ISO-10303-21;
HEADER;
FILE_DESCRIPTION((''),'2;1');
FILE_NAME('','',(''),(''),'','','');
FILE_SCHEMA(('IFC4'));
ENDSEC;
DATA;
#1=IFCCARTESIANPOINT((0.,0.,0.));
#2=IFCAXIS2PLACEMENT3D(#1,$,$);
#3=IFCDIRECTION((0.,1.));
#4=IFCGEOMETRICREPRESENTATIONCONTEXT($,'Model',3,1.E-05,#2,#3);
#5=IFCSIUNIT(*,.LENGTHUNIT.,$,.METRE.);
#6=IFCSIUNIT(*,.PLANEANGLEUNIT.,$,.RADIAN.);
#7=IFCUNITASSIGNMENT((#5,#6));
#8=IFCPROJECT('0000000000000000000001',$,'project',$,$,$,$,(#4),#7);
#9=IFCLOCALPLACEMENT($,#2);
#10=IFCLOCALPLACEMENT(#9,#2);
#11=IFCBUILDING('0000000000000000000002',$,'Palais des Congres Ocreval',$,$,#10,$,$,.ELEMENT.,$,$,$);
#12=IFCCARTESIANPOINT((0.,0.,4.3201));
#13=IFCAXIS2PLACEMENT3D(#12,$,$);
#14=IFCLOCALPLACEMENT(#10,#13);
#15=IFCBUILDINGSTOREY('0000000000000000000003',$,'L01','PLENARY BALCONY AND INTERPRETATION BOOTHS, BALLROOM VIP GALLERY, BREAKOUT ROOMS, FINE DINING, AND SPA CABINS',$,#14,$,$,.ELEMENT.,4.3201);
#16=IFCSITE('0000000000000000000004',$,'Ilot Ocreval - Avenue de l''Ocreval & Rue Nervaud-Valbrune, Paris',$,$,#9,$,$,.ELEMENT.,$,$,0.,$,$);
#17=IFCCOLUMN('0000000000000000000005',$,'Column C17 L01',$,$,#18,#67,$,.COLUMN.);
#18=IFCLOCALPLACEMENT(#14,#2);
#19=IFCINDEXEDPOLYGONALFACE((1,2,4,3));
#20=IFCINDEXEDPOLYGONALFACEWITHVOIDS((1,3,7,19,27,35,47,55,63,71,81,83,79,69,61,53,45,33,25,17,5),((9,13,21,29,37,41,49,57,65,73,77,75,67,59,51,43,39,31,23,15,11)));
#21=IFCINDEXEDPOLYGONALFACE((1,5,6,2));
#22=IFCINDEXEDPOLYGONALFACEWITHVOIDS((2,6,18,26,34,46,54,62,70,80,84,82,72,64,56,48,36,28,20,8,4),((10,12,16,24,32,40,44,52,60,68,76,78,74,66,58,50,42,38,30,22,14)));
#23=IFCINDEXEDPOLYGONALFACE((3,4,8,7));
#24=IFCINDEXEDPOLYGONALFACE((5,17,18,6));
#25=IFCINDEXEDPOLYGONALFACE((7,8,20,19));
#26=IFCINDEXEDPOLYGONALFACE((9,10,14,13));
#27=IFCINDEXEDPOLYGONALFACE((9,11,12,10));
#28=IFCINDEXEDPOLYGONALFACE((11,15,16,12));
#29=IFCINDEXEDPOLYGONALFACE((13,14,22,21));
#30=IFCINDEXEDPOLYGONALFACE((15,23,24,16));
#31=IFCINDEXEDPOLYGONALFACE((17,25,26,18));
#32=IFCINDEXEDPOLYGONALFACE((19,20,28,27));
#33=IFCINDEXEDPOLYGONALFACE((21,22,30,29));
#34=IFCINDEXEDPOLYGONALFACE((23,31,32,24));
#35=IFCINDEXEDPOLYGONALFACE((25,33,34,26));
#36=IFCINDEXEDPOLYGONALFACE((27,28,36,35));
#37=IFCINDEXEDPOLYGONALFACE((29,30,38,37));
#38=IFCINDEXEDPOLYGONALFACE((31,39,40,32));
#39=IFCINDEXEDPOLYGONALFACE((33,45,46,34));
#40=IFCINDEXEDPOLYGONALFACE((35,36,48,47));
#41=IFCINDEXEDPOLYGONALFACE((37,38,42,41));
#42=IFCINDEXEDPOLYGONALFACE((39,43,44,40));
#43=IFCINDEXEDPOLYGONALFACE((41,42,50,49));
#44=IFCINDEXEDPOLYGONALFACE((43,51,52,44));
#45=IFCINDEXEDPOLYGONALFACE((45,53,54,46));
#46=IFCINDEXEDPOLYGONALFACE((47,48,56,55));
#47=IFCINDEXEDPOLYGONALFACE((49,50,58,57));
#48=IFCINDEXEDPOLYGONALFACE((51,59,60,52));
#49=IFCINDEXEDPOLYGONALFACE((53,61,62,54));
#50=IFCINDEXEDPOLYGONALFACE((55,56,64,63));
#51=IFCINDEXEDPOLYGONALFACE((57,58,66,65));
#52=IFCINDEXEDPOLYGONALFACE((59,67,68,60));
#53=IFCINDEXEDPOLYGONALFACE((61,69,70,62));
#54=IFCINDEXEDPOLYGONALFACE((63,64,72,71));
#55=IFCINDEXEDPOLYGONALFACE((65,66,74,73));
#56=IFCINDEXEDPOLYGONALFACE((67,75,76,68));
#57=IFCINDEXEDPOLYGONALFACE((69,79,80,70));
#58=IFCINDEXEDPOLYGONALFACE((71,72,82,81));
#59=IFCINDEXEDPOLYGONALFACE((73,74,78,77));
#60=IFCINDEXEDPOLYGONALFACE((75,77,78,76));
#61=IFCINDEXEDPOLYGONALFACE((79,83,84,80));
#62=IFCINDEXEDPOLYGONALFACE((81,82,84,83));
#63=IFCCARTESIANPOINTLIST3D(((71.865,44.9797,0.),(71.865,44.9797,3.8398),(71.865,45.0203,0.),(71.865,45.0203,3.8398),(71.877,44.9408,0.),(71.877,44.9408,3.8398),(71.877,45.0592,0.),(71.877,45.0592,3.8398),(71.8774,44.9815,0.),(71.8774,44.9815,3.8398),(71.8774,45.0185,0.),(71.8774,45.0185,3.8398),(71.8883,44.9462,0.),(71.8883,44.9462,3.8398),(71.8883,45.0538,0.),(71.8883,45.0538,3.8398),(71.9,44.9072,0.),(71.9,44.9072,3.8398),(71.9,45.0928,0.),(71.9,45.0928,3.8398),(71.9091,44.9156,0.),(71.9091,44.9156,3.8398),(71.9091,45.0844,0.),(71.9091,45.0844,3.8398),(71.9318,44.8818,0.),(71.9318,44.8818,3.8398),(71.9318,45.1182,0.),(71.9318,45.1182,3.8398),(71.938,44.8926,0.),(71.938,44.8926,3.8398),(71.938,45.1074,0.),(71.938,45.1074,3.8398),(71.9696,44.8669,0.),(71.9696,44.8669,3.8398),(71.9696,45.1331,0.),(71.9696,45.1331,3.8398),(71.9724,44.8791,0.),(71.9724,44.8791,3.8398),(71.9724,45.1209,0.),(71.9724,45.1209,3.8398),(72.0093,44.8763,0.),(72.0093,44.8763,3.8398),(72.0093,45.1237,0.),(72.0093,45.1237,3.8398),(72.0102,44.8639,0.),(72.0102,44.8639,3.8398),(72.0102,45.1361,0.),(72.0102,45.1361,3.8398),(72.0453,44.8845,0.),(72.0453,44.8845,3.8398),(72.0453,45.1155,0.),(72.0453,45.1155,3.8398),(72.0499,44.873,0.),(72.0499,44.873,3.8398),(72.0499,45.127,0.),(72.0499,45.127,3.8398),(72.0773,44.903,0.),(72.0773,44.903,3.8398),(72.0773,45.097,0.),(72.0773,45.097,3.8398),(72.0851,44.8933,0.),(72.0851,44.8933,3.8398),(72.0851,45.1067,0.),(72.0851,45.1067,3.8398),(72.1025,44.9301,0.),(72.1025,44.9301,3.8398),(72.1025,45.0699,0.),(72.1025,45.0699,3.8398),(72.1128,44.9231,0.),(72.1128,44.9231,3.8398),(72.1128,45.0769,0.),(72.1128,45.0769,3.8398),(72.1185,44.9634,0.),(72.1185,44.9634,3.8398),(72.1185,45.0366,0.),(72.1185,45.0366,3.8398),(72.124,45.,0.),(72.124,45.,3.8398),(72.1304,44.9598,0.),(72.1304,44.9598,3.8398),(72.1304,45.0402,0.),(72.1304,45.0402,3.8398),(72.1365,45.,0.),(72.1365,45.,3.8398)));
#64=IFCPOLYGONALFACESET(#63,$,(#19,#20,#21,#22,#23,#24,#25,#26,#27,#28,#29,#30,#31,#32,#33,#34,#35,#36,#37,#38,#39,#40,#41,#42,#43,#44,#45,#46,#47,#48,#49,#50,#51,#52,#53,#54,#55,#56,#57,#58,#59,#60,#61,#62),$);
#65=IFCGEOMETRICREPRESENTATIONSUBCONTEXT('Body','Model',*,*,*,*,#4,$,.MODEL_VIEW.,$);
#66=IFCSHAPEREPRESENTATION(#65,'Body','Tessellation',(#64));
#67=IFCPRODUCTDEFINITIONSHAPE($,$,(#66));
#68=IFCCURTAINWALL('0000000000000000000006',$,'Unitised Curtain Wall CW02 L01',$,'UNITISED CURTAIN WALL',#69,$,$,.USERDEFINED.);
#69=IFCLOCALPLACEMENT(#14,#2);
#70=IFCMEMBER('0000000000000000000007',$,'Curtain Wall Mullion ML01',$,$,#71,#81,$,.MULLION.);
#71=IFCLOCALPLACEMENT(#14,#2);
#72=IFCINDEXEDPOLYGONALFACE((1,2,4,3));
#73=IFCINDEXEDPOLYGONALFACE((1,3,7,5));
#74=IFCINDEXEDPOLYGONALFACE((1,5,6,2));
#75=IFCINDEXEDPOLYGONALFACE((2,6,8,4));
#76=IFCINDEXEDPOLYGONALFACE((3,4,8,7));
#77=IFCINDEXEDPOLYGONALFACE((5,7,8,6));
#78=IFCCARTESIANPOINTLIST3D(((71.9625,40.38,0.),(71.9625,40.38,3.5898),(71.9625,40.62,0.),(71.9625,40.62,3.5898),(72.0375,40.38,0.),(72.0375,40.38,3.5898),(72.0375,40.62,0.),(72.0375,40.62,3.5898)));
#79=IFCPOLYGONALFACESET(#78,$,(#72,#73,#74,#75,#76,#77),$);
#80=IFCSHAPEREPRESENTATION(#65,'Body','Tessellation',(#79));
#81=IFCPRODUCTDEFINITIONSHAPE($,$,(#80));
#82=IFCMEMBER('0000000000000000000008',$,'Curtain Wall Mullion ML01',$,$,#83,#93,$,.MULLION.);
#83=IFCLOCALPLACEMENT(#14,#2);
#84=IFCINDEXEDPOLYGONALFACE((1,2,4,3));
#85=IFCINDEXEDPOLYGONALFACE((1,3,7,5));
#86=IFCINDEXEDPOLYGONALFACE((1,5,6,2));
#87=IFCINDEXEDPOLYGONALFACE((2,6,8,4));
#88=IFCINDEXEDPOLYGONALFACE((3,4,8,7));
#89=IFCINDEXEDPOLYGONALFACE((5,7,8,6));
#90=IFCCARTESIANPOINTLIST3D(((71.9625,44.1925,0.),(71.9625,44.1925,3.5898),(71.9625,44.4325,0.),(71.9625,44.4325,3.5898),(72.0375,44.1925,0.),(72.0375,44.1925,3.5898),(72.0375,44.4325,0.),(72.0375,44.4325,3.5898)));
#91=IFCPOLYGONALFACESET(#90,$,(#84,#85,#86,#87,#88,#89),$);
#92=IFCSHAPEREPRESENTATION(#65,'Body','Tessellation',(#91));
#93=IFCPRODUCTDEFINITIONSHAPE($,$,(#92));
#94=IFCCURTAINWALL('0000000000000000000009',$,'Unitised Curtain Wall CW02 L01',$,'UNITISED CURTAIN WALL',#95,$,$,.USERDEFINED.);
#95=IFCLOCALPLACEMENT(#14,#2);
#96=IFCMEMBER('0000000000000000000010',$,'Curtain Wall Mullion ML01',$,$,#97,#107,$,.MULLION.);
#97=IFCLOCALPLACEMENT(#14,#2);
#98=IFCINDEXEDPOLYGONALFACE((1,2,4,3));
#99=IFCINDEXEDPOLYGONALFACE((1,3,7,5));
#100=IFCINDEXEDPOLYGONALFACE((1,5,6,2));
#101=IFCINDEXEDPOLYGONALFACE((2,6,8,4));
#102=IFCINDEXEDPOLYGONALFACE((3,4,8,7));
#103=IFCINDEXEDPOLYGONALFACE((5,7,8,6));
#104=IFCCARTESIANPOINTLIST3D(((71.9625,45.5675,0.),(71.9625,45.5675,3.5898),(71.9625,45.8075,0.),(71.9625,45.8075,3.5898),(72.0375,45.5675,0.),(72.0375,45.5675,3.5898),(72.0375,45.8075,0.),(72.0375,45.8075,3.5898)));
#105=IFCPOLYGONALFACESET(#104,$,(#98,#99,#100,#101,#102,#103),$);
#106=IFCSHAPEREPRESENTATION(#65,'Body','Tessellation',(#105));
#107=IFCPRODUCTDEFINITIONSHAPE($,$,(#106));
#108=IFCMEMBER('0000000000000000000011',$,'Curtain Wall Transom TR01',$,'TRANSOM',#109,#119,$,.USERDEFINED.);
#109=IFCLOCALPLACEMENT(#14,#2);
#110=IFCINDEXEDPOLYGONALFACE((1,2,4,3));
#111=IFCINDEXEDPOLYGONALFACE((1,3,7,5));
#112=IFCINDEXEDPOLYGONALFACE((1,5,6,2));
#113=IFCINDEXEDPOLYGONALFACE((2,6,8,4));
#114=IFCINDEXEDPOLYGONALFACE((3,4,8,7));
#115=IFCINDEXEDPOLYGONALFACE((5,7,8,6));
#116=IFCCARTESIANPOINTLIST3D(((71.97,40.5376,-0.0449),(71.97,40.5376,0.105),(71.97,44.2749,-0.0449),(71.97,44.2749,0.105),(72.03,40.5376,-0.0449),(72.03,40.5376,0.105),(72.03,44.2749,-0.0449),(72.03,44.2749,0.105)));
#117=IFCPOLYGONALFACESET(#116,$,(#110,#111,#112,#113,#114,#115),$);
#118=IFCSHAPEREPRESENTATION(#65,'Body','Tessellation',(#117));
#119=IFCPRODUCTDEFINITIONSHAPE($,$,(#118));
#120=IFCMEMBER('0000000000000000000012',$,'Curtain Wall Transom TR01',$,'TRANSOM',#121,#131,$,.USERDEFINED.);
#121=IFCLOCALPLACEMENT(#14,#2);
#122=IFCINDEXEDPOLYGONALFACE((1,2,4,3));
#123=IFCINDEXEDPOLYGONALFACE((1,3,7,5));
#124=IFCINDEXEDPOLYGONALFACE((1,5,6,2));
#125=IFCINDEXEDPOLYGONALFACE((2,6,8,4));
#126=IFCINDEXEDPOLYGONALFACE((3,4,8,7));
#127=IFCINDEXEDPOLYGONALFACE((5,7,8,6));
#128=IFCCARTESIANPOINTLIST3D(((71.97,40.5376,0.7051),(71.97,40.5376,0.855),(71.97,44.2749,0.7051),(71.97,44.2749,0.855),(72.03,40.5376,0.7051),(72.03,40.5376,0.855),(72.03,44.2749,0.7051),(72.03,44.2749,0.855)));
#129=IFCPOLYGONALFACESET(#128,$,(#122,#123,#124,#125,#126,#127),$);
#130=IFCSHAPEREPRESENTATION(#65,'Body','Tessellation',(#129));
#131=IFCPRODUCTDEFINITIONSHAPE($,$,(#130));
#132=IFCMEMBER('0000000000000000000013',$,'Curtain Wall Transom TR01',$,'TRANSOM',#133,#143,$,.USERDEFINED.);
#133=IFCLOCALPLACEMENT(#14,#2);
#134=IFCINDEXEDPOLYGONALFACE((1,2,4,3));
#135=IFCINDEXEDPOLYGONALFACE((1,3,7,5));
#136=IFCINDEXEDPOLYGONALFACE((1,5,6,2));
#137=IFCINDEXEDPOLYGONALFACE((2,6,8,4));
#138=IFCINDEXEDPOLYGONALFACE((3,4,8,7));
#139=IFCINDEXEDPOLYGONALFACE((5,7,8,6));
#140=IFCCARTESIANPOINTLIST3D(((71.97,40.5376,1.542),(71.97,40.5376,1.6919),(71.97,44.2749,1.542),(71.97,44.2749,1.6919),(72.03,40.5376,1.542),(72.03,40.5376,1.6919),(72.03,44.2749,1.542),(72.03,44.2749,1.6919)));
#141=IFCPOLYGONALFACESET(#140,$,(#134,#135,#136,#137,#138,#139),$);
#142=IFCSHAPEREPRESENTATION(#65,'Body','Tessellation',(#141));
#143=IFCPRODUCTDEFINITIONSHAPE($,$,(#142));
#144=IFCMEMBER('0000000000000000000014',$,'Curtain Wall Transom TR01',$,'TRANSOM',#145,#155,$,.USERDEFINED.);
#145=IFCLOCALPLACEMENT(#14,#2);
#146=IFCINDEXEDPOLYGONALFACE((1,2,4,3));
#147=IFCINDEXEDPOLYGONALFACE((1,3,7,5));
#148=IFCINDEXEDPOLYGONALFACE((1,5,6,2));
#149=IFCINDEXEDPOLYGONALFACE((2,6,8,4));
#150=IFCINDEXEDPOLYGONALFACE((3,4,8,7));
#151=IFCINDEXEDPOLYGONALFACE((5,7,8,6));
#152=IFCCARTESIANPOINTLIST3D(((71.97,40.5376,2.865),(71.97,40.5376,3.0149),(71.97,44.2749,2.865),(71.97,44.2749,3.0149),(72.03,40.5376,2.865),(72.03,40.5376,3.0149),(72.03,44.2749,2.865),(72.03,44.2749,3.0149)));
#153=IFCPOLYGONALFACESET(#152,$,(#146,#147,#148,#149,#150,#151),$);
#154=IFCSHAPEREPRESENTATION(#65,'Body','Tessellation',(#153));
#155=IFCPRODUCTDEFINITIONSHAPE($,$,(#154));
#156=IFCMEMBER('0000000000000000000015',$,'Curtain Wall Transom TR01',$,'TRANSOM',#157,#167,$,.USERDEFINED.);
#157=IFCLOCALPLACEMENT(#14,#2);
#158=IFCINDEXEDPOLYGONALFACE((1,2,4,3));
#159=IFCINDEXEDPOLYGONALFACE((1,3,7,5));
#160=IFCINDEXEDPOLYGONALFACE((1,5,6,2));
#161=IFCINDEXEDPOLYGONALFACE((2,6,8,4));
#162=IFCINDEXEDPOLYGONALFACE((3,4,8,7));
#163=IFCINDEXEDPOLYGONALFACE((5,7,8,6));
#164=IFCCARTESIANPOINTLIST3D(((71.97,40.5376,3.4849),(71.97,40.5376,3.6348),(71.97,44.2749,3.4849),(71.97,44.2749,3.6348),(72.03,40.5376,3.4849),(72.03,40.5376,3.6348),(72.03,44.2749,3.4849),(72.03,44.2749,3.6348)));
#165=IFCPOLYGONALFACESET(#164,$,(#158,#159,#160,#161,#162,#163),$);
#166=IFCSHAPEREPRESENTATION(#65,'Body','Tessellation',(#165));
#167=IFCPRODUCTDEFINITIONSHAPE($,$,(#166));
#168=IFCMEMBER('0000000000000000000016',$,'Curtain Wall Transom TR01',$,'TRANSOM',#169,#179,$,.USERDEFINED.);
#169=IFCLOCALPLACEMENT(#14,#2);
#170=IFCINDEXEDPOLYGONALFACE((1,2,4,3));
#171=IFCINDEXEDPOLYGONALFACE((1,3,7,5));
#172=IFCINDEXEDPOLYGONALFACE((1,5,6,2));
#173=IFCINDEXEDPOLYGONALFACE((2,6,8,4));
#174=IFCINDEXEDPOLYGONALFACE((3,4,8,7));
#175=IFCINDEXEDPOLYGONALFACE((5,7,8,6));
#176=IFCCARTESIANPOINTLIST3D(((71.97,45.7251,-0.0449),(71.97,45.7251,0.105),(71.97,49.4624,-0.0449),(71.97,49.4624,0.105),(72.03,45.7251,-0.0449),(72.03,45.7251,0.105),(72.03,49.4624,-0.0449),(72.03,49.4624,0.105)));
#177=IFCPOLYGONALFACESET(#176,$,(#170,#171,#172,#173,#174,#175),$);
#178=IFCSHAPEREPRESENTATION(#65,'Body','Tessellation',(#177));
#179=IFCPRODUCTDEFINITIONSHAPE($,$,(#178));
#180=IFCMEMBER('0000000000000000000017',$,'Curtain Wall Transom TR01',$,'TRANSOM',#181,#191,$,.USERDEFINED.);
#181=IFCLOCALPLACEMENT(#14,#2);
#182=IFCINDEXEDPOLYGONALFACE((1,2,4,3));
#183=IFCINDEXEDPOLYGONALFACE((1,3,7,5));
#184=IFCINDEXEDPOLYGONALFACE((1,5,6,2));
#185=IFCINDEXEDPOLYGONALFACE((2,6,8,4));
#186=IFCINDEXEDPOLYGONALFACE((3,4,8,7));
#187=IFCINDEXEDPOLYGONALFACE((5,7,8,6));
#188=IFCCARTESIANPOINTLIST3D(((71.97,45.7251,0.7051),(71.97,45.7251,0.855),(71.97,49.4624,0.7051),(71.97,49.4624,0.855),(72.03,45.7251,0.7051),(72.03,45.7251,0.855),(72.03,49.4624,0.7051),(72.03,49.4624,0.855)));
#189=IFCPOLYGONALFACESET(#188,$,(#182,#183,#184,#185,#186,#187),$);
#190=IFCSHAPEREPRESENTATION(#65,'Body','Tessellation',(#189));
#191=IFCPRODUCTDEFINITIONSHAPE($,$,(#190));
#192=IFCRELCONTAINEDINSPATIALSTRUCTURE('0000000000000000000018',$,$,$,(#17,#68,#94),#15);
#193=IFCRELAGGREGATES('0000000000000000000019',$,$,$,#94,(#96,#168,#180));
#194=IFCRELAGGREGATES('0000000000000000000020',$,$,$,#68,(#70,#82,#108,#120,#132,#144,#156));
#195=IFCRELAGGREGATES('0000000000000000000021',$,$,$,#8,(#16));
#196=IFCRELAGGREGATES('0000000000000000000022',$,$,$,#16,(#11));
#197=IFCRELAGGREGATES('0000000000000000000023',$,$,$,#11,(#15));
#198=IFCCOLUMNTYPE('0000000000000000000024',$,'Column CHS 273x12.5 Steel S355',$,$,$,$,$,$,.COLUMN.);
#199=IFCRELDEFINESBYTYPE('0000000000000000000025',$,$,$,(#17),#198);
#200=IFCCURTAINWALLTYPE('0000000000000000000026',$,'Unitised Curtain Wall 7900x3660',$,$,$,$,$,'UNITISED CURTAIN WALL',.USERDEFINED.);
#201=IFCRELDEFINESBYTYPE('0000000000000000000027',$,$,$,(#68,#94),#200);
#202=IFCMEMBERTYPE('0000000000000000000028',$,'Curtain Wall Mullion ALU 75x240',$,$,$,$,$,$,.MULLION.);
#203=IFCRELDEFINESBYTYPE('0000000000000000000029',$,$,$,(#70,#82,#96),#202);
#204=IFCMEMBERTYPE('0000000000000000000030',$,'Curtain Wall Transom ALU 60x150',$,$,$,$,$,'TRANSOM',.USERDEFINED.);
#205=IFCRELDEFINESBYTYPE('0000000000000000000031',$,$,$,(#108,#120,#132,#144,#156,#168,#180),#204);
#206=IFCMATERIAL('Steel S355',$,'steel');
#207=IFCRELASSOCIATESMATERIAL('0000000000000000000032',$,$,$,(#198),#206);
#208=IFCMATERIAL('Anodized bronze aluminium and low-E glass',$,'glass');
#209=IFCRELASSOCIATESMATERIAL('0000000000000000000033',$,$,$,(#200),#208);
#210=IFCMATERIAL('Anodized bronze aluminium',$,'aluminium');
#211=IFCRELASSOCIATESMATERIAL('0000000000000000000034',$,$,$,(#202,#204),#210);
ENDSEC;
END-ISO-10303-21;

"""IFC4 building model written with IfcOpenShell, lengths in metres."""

from ifc_helpers import new_model, si_unit, direction, frame, origin, origin_2d, place, context, subcontext, project, spatial, rectangle, hollow_circle, extrude, material, material_profile, profile_set, type_object, element, aggregate, save


model = new_model("IFC4")

# Units and contexts
model_context = context("Model", 3, precision=1e-05, world=origin(), true_north=direction((0.0, 1.0)))
body_context = subcontext(model_context, "Body", "Model", "MODEL_VIEW")
ifc_project = project(units=[si_unit("LENGTHUNIT", "METRE"), si_unit("PLANEANGLEUNIT", "RADIAN")], contexts=[model_context])

# Site, building, storey
site_placement = place(None, origin())
site = spatial("IfcSite", under=ifc_project, at=site_placement, Name="Ilot Ocreval - Avenue de l'Ocreval & Rue Nervaud-Valbrune, Paris", CompositionType="ELEMENT", RefElevation=0.0)
building_placement = place(site_placement, origin())
building = spatial("IfcBuilding", under=site, at=building_placement, Name="Palais des Congres Ocreval", CompositionType="ELEMENT")
storey_placement = place(building_placement, frame((0.0, 0.0, 4.3201)))
storey = spatial("IfcBuildingStorey", under=building, at=storey_placement, Name="L01", Description="PLENARY BALCONY AND INTERPRETATION BOOTHS, BALLROOM VIP GALLERY, BREAKOUT ROOMS, FINE DINING, AND SPA CABINS", CompositionType="ELEMENT", Elevation=4.3201)

# Column
ifc_material_1 = material(Name="Steel S355", Category="steel")
ifc_material_profile_1 = material_profile(ifc_material_1, hollow_circle(Radius=0.1365, WallThickness=0.0125, at=origin_2d()), Name="CHS 273x12.5")
ifc_profile_set_1 = profile_set([ifc_material_profile_1], Name="Steel S355")
column_type = type_object("IfcColumnType", Name="Column CHS 273x12.5 Steel S355", PredefinedType="COLUMN", material=ifc_profile_set_1)
column_placement = place(storey_placement, frame((72.0, 45.0, 0.0), z_axis=(0.0, 0.0, 1.0), x_axis=(1.0, 0.0, 0.0)))
element("IfcColumn", 1, at=column_placement, inside=storey, type_object=column_type, Name="Column C17 L01", PredefinedType="COLUMN", context=body_context, shape_type="SweptSolid", body=[
    extrude(hollow_circle(Radius=0.1365, WallThickness=0.0125, at=origin_2d()), origin(), (0.0, 0.0, 1.0), 3.8398),
])

# Curtain wall, members
ifc_material_2 = material(Name="Anodized bronze aluminium and low-E glass", Category="glass")
curtain_wall_type = type_object("IfcCurtainWallType", Name="Unitised Curtain Wall 7900x3660", ElementType="UNITISED CURTAIN WALL", PredefinedType="USERDEFINED", material=ifc_material_2)
curtain_wall_1_placement = place(storey_placement, origin())
curtain_wall_1 = element("IfcCurtainWall", 2, at=curtain_wall_1_placement, inside=storey, type_object=curtain_wall_type, Name="Unitised Curtain Wall CW02 L01", ObjectType="UNITISED CURTAIN WALL", PredefinedType="USERDEFINED")
ifc_material_3 = material(Name="Anodized bronze aluminium", Category="aluminium")
ifc_material_profile_2 = material_profile(ifc_material_3, rectangle(XDim=0.075, YDim=0.24, at=origin_2d()), Name="ALU 75x240")
ifc_profile_set_2 = profile_set([ifc_material_profile_2], Name="Anodized bronze aluminium")
member_type_1 = type_object("IfcMemberType", Name="Curtain Wall Mullion ALU 75x240", PredefinedType="MULLION", material=ifc_profile_set_2)
member_1_placement = place(storey_placement, frame((72.0, 40.5, 0.0), z_axis=(0.0, 0.0, 1.0), x_axis=(-1.0, 0.0, 0.0)))
member_1 = element("IfcMember", 3, at=member_1_placement, type_object=member_type_1, Name="Curtain Wall Mullion ML01", PredefinedType="MULLION", context=body_context, shape_type="SweptSolid", body=[
    extrude(rectangle(XDim=0.075, YDim=0.24, at=origin_2d()), origin(), (0.0, 0.0, 1.0), 3.5898),
])
member_2_placement = place(storey_placement, frame((72.0, 44.3125, 0.0), z_axis=(0.0, 0.0, 1.0), x_axis=(-1.0, 0.0, 0.0)))
member_2 = element("IfcMember", 4, at=member_2_placement, type_object=member_type_1, Name="Curtain Wall Mullion ML01", PredefinedType="MULLION", context=body_context, shape_type="SweptSolid", body=[
    extrude(rectangle(XDim=0.075, YDim=0.24, at=origin_2d()), origin(), (0.0, 0.0, 1.0), 3.5898),
])

# Curtain wall, member
curtain_wall_2_placement = place(storey_placement, origin())
curtain_wall_2 = element("IfcCurtainWall", 5, at=curtain_wall_2_placement, inside=storey, type_object=curtain_wall_type, Name="Unitised Curtain Wall CW02 L01", ObjectType="UNITISED CURTAIN WALL", PredefinedType="USERDEFINED")
member_3_placement = place(storey_placement, frame((72.0, 45.6875, 0.0), z_axis=(0.0, 0.0, 1.0), x_axis=(-1.0, 0.0, 0.0)))
member_3 = element("IfcMember", 6, at=member_3_placement, type_object=member_type_1, Name="Curtain Wall Mullion ML01", PredefinedType="MULLION", context=body_context, shape_type="SweptSolid", body=[
    extrude(rectangle(XDim=0.075, YDim=0.24, at=origin_2d()), origin(), (0.0, 0.0, 1.0), 3.5898),
])

# Members
ifc_material_profile_3 = material_profile(ifc_material_3, rectangle(XDim=0.0601, YDim=0.1499, at=origin_2d()), Name="ALU 60x150")
ifc_profile_set_3 = profile_set([ifc_material_profile_3], Name="Anodized bronze aluminium")
member_type_2 = type_object("IfcMemberType", Name="Curtain Wall Transom ALU 60x150", ElementType="TRANSOM", PredefinedType="USERDEFINED", material=ifc_profile_set_3)
member_4_placement = place(storey_placement, frame((72.0, 40.5376, 0.03), z_axis=(0.0, 1.0, 0.0), x_axis=(-1.0, 0.0, 0.0)))
member_4 = element("IfcMember", 7, at=member_4_placement, type_object=member_type_2, Name="Curtain Wall Transom TR01", ObjectType="TRANSOM", PredefinedType="USERDEFINED", context=body_context, shape_type="SweptSolid", body=[
    extrude(rectangle(XDim=0.0601, YDim=0.1499, at=origin_2d()), origin(), (0.0, 0.0, 1.0), 3.7373),
])
member_5_placement = place(storey_placement, frame((72.0, 40.5376, 0.78), z_axis=(0.0, 1.0, 0.0), x_axis=(-1.0, 0.0, 0.0)))
member_5 = element("IfcMember", 8, at=member_5_placement, type_object=member_type_2, Name="Curtain Wall Transom TR01", ObjectType="TRANSOM", PredefinedType="USERDEFINED", context=body_context, shape_type="SweptSolid", body=[
    extrude(rectangle(XDim=0.0601, YDim=0.1499, at=origin_2d()), origin(), (0.0, 0.0, 1.0), 3.7373),
])
member_6_placement = place(storey_placement, frame((72.0, 40.5376, 1.6169), z_axis=(0.0, 1.0, 0.0), x_axis=(-1.0, 0.0, 0.0)))
member_6 = element("IfcMember", 9, at=member_6_placement, type_object=member_type_2, Name="Curtain Wall Transom TR01", ObjectType="TRANSOM", PredefinedType="USERDEFINED", context=body_context, shape_type="SweptSolid", body=[
    extrude(rectangle(XDim=0.0601, YDim=0.1499, at=origin_2d()), origin(), (0.0, 0.0, 1.0), 3.7373),
])
member_7_placement = place(storey_placement, frame((72.0, 40.5376, 2.9399), z_axis=(0.0, 1.0, 0.0), x_axis=(-1.0, 0.0, 0.0)))
member_7 = element("IfcMember", 10, at=member_7_placement, type_object=member_type_2, Name="Curtain Wall Transom TR01", ObjectType="TRANSOM", PredefinedType="USERDEFINED", context=body_context, shape_type="SweptSolid", body=[
    extrude(rectangle(XDim=0.0601, YDim=0.1499, at=origin_2d()), origin(), (0.0, 0.0, 1.0), 3.7373),
])
member_8_placement = place(storey_placement, frame((72.0, 40.5376, 3.5598), z_axis=(0.0, 1.0, 0.0), x_axis=(-1.0, 0.0, 0.0)))
member_8 = element("IfcMember", 11, at=member_8_placement, type_object=member_type_2, Name="Curtain Wall Transom TR01", ObjectType="TRANSOM", PredefinedType="USERDEFINED", context=body_context, shape_type="SweptSolid", body=[
    extrude(rectangle(XDim=0.0601, YDim=0.1499, at=origin_2d()), origin(), (0.0, 0.0, 1.0), 3.7373),
])
member_9_placement = place(storey_placement, frame((72.0, 45.7251, 0.03), z_axis=(0.0, 1.0, 0.0), x_axis=(-1.0, 0.0, 0.0)))
member_9 = element("IfcMember", 12, at=member_9_placement, type_object=member_type_2, Name="Curtain Wall Transom TR01", ObjectType="TRANSOM", PredefinedType="USERDEFINED", context=body_context, shape_type="SweptSolid", body=[
    extrude(rectangle(XDim=0.0601, YDim=0.1499, at=origin_2d()), origin(), (0.0, 0.0, 1.0), 3.7373),
])
member_10_placement = place(storey_placement, frame((72.0, 45.7251, 0.78), z_axis=(0.0, 1.0, 0.0), x_axis=(-1.0, 0.0, 0.0)))
member_10 = element("IfcMember", 13, at=member_10_placement, type_object=member_type_2, Name="Curtain Wall Transom TR01", ObjectType="TRANSOM", PredefinedType="USERDEFINED", context=body_context, shape_type="SweptSolid", body=[
    extrude(rectangle(XDim=0.0601, YDim=0.1499, at=origin_2d()), origin(), (0.0, 0.0, 1.0), 3.7373),
])
aggregate(curtain_wall_2, [member_3, member_9, member_10])

aggregate(curtain_wall_1, [member_1, member_2, member_4, member_5, member_6, member_7, member_8])

save(model, "model.ifc")
